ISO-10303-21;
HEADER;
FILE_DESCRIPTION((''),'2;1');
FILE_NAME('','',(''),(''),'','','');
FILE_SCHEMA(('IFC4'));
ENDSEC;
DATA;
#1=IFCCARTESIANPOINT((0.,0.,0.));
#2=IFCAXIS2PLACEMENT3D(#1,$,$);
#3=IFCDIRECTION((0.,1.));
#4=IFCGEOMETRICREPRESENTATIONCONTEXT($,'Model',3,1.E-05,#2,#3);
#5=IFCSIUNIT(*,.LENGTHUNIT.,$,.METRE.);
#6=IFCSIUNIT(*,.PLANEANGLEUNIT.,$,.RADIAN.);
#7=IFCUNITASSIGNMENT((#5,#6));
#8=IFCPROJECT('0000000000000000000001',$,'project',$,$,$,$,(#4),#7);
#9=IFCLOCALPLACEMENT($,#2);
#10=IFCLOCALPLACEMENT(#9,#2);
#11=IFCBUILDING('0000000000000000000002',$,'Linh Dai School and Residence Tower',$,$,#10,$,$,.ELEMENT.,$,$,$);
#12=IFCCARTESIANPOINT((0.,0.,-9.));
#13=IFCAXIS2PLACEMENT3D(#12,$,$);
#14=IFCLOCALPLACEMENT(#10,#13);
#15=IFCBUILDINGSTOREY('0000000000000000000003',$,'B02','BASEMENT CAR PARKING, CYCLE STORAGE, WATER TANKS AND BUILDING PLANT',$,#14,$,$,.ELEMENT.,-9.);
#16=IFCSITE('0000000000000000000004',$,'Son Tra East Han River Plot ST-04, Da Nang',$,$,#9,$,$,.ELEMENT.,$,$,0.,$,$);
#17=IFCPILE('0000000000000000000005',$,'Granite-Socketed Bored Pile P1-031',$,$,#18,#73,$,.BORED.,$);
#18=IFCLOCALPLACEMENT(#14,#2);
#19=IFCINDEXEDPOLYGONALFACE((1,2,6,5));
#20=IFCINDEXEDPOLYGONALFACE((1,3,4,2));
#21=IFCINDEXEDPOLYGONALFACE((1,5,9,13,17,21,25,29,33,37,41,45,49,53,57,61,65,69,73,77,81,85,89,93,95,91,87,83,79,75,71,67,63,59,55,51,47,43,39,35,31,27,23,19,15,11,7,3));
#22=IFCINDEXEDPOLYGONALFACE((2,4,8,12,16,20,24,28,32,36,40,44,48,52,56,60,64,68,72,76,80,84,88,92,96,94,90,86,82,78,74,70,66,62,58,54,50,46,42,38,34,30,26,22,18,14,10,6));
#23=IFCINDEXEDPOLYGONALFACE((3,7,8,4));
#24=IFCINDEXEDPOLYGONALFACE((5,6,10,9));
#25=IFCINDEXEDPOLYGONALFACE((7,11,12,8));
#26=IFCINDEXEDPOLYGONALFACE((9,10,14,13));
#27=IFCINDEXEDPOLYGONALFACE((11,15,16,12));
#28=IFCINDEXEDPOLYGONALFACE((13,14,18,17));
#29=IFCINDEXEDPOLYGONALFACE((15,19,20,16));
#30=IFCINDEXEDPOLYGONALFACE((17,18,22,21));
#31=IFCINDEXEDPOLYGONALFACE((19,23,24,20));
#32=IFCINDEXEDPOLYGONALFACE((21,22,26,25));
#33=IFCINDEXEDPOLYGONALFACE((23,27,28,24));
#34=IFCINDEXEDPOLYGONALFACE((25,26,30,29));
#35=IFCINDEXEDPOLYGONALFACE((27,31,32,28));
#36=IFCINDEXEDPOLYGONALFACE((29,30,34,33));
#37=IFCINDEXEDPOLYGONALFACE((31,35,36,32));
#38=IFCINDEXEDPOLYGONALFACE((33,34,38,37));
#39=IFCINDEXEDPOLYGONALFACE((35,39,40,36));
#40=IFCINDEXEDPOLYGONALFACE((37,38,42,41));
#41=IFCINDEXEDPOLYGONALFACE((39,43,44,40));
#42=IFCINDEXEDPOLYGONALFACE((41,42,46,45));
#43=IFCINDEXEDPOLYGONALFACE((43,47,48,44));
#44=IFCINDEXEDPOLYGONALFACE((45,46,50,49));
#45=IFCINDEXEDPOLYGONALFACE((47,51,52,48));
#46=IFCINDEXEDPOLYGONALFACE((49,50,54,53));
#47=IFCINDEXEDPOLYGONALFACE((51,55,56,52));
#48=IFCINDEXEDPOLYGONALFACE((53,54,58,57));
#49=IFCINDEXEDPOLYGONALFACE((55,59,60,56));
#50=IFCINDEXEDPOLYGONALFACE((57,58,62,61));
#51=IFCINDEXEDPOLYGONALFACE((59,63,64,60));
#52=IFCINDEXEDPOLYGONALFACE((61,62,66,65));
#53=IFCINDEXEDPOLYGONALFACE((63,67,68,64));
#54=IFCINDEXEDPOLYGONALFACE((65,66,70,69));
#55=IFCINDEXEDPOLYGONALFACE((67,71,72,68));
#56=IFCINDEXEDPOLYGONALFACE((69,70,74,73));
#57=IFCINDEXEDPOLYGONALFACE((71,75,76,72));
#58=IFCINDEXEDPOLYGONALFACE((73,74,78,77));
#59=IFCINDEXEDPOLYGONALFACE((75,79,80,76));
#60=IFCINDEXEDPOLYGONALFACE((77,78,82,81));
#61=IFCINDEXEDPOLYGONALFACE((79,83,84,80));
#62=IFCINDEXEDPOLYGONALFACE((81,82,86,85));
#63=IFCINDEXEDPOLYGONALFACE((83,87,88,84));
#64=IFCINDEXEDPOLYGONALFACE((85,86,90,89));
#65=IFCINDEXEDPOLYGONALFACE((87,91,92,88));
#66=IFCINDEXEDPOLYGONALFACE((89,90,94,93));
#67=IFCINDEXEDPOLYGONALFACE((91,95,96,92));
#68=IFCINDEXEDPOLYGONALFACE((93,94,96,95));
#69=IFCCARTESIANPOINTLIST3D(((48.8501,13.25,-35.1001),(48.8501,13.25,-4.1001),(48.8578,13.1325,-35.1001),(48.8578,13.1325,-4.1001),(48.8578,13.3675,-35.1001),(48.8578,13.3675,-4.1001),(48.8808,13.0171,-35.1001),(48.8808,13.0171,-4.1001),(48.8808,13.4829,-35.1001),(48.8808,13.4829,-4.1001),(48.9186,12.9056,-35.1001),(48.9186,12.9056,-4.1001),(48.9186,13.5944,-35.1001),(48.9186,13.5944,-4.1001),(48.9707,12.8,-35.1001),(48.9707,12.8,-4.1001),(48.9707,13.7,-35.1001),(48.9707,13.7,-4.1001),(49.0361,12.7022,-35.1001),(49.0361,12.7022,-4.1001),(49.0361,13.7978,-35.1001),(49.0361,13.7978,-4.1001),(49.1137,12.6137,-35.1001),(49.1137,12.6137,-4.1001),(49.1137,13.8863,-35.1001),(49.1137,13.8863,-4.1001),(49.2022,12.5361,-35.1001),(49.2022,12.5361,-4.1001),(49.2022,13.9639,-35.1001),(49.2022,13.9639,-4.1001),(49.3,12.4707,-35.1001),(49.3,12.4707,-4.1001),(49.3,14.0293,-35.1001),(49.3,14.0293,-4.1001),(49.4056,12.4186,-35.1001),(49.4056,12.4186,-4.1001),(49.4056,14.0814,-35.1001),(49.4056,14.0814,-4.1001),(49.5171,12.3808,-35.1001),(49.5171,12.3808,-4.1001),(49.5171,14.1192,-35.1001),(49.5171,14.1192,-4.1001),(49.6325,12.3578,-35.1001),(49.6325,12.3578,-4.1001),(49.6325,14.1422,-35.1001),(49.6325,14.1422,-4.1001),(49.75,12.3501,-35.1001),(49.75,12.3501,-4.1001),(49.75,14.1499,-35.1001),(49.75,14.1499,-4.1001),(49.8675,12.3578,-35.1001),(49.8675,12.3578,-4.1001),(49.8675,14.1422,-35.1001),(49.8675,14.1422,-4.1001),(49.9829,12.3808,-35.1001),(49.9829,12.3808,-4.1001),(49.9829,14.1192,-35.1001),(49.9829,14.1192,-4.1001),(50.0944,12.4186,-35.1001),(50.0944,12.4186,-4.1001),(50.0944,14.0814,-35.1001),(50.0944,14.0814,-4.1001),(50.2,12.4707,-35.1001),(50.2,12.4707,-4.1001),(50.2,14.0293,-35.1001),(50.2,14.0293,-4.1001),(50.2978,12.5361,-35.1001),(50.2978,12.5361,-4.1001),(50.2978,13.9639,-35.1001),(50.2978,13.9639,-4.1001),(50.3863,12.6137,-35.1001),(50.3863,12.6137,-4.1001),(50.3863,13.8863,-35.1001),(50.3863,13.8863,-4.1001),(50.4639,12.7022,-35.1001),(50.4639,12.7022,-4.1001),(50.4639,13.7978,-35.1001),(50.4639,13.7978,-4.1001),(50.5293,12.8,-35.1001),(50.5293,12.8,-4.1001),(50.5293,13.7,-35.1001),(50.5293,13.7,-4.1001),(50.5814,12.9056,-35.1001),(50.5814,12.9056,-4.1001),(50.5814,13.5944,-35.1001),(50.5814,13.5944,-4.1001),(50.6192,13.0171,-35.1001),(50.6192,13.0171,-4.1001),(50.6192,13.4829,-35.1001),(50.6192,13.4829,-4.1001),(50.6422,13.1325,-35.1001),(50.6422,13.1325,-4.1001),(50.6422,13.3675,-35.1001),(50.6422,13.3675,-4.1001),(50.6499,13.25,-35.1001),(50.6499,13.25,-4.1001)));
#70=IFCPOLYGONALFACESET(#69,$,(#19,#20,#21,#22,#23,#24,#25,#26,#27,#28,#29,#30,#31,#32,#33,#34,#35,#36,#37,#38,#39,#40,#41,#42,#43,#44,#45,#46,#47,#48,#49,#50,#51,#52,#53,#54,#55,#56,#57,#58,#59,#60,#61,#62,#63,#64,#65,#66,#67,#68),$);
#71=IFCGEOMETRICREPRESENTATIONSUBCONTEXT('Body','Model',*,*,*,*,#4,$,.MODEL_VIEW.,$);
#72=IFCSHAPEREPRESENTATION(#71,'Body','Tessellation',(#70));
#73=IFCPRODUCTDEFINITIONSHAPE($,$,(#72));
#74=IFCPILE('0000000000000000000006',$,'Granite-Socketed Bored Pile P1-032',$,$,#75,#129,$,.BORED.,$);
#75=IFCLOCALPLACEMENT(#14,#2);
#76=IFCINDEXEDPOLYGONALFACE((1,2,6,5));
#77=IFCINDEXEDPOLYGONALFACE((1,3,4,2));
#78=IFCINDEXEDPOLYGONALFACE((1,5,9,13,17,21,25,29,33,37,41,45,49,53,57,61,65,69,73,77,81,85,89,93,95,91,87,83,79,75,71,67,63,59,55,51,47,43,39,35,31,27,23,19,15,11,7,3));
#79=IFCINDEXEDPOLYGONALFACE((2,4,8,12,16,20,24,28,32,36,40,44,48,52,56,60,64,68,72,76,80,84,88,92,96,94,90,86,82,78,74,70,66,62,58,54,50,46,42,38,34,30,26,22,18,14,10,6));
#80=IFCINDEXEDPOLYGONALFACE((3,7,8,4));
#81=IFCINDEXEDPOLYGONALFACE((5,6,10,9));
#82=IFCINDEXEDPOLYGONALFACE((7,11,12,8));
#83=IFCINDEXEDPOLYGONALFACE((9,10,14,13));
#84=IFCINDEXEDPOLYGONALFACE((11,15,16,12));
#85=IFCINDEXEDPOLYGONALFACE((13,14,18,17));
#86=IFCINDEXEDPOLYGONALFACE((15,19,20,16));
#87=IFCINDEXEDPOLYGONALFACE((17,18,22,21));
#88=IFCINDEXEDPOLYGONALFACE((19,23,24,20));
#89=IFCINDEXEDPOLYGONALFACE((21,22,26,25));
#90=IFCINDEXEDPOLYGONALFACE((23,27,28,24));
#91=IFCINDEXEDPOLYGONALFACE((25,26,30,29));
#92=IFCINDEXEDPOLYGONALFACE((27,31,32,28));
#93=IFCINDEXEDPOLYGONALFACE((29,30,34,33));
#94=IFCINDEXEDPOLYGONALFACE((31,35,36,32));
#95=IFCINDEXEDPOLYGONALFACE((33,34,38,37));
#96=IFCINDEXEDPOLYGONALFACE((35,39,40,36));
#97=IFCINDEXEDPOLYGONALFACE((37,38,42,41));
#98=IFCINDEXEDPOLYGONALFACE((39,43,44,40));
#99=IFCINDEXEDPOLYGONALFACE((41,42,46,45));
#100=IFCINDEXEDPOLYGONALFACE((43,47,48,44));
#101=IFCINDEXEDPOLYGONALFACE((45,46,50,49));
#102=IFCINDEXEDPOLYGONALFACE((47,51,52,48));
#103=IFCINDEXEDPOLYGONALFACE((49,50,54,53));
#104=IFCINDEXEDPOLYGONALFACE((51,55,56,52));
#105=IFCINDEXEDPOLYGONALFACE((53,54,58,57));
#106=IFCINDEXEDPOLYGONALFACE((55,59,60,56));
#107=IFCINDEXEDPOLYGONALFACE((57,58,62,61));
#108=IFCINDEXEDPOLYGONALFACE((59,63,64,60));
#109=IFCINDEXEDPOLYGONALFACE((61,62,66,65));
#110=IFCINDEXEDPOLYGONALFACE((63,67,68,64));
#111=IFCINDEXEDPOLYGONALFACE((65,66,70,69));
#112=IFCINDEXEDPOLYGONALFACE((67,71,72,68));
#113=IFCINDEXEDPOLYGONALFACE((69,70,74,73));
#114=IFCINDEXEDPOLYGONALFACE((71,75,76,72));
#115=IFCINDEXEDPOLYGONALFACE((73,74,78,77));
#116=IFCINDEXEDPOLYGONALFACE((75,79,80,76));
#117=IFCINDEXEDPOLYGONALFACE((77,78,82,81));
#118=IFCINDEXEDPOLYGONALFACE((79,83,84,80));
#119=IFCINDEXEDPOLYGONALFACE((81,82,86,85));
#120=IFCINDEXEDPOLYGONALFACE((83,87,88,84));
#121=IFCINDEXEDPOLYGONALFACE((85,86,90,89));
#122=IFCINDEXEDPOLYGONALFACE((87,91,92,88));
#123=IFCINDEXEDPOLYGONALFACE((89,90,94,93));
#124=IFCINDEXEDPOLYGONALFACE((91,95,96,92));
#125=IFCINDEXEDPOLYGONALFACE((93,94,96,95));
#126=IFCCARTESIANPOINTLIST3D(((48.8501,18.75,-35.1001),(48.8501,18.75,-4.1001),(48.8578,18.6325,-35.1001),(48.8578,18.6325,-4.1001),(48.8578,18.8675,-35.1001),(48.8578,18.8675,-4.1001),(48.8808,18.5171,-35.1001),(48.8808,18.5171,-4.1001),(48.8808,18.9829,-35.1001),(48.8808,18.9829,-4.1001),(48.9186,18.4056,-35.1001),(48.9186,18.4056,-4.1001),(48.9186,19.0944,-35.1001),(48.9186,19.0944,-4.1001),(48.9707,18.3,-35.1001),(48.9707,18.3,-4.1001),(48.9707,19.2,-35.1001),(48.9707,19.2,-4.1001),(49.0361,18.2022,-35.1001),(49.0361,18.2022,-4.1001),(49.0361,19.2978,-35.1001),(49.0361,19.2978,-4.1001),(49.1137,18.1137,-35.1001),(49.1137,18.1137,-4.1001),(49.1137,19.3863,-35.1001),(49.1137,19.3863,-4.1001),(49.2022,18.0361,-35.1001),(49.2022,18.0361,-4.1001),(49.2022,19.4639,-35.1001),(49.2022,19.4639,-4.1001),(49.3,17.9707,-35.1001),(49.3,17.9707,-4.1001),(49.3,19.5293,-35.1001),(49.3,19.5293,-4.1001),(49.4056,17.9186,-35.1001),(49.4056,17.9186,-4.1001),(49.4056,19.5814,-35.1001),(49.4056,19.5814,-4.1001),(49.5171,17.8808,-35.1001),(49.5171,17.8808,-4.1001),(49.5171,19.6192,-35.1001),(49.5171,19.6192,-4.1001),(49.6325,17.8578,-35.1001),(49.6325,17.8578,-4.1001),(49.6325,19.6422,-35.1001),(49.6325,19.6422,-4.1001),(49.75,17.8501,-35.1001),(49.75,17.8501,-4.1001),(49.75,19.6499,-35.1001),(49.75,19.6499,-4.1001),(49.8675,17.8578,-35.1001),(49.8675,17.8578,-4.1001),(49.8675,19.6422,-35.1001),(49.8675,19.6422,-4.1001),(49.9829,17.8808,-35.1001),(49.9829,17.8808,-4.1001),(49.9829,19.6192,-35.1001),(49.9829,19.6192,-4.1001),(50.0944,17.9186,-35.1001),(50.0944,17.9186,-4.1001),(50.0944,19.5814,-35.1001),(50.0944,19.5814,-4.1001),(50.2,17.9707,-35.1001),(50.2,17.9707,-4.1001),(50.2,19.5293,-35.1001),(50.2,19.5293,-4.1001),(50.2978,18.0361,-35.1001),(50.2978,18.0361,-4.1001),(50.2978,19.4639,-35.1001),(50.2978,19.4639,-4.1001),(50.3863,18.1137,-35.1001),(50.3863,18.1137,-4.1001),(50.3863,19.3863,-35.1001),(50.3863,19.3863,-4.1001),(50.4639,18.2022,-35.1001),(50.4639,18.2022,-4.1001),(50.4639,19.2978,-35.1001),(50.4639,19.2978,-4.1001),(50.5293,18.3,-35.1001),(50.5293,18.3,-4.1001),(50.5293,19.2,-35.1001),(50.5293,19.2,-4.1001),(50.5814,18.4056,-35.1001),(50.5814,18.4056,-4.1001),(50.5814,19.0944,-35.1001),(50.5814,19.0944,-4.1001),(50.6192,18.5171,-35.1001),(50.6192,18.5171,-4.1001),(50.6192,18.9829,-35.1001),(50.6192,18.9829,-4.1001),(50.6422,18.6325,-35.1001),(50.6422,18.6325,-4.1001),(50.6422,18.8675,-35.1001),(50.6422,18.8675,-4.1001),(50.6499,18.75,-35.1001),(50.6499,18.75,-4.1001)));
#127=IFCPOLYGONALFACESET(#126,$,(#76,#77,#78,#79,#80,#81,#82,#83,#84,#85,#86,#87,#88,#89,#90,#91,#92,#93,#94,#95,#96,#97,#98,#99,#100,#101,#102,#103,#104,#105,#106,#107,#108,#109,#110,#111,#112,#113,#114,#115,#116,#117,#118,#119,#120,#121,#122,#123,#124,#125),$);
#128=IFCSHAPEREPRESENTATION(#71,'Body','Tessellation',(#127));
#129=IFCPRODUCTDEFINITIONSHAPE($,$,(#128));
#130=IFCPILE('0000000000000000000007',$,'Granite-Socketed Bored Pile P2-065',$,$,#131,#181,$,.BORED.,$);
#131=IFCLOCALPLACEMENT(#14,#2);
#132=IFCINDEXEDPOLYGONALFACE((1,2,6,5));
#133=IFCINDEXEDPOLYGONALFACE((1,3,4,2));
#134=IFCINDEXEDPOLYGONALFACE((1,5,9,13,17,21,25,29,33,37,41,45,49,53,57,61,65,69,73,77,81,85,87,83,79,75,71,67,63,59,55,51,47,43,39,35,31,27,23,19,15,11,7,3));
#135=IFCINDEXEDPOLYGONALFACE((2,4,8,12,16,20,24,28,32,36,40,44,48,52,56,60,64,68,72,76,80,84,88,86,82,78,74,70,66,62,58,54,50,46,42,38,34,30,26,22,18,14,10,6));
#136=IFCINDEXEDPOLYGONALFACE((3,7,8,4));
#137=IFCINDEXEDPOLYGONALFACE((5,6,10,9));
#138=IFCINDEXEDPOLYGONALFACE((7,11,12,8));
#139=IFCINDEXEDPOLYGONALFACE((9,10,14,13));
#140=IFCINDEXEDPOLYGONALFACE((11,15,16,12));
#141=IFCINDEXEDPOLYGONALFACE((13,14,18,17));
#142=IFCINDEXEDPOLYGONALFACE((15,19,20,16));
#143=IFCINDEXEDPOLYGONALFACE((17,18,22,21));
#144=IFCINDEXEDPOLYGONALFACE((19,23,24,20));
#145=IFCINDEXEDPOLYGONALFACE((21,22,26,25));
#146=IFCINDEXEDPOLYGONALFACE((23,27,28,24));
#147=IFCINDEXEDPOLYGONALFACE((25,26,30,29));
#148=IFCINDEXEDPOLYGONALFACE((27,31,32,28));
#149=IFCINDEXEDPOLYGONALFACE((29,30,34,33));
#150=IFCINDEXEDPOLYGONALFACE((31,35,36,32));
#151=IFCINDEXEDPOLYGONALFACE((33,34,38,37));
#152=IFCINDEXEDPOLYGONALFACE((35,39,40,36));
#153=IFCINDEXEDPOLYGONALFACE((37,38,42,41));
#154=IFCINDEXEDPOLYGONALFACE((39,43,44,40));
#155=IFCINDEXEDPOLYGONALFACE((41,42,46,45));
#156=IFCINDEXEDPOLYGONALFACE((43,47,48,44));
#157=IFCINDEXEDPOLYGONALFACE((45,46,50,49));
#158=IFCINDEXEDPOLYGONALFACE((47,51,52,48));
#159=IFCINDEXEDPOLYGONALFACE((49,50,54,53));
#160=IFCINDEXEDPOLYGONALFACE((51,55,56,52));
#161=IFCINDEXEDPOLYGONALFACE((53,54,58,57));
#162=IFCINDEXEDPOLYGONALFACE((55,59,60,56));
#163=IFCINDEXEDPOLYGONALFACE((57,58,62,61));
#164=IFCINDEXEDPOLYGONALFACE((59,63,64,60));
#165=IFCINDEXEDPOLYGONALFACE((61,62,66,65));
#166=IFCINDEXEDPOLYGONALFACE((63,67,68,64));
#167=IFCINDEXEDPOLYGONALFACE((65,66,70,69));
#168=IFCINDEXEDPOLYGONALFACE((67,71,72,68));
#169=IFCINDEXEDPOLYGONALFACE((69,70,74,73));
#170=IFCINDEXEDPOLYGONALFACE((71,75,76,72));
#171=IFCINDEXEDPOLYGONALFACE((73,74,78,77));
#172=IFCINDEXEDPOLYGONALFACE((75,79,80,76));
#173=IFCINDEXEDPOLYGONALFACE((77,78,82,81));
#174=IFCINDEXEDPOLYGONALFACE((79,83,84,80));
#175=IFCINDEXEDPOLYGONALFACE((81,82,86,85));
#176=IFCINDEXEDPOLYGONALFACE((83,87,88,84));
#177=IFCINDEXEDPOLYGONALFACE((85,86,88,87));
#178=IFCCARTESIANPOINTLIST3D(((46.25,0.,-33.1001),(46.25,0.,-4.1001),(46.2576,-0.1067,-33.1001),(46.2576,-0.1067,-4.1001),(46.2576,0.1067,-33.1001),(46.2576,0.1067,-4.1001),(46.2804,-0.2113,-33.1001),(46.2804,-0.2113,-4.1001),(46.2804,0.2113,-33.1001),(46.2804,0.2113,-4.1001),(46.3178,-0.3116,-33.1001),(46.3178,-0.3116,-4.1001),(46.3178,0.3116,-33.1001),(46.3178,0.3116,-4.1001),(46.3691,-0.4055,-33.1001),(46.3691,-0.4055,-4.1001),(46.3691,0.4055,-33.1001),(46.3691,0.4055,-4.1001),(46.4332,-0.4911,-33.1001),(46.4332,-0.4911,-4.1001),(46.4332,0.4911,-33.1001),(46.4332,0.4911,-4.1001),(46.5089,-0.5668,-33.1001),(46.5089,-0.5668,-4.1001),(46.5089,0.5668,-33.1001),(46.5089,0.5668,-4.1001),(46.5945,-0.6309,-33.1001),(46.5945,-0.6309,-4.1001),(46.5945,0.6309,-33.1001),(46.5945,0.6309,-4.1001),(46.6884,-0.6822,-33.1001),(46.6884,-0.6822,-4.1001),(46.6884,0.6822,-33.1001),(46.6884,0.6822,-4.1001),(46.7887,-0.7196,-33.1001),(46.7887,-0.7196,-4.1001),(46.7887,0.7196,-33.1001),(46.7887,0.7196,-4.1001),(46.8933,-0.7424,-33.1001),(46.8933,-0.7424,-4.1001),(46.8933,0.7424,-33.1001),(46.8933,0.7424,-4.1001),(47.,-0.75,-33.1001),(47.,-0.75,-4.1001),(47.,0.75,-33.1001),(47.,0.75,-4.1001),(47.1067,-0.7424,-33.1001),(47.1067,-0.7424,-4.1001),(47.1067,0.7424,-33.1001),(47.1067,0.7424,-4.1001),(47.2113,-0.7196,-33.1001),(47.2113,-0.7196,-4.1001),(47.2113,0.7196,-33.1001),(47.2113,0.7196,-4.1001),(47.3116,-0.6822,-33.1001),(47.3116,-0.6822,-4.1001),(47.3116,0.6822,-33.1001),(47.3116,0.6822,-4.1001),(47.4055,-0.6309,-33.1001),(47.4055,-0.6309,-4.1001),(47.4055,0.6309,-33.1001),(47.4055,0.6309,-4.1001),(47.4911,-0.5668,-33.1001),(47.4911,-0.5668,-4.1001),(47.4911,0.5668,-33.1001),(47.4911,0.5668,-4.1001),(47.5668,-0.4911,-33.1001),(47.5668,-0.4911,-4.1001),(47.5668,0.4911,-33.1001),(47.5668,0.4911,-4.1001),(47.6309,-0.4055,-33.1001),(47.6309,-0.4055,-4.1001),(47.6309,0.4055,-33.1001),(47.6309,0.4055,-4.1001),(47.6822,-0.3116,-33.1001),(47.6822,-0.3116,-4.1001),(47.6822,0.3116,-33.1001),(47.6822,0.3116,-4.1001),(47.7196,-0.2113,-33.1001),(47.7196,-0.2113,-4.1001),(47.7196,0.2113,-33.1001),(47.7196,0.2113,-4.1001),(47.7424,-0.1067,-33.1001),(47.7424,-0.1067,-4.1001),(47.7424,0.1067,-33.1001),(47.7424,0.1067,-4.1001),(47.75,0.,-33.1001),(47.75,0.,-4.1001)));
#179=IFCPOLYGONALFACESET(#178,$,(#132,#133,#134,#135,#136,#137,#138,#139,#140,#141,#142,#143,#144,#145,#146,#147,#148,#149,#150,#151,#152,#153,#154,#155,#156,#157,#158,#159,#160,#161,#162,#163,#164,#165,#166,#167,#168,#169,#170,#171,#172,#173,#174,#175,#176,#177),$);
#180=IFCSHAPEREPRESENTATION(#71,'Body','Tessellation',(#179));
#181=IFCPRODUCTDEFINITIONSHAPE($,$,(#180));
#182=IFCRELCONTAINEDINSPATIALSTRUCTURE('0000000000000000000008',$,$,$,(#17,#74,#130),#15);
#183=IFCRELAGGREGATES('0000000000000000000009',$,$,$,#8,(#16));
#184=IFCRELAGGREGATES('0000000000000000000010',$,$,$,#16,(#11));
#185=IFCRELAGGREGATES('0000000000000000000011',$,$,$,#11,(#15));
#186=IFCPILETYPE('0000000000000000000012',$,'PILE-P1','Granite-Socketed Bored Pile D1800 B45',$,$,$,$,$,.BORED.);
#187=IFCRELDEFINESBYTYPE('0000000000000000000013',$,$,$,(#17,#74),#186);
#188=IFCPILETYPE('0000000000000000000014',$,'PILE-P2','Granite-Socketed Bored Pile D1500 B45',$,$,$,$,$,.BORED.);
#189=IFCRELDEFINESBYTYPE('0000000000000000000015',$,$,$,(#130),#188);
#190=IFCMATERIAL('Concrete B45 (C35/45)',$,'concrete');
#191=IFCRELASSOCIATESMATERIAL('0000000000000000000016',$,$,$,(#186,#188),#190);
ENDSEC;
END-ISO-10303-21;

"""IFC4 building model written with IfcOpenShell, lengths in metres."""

from ifc_helpers import new_model, si_unit, direction, frame, origin, origin_2d, place, context, subcontext, project, spatial, circle, extrude, material, material_profile, profile_set, type_object, element, save


model = new_model("IFC4")

# Units and contexts
model_context = context("Model", 3, precision=1e-05, world=origin(), true_north=direction((0.0, 1.0)))
body_context = subcontext(model_context, "Body", "Model", "MODEL_VIEW")
ifc_project = project(units=[si_unit("LENGTHUNIT", "METRE"), si_unit("PLANEANGLEUNIT", "RADIAN")], contexts=[model_context])

# Site, building, storey
site_placement = place(None, origin())
site = spatial("IfcSite", under=ifc_project, at=site_placement, Name="Son Tra East Han River Plot ST-04, Da Nang", CompositionType="ELEMENT", RefElevation=0.0)
building_placement = place(site_placement, origin())
building = spatial("IfcBuilding", under=site, at=building_placement, Name="Linh Dai School and Residence Tower", CompositionType="ELEMENT")
storey_placement = place(building_placement, frame((0.0, 0.0, -9.0)))
storey = spatial("IfcBuildingStorey", under=building, at=storey_placement, Name="B02", Description="BASEMENT CAR PARKING, CYCLE STORAGE, WATER TANKS AND BUILDING PLANT", CompositionType="ELEMENT", Elevation=-9.0)

# Piles
ifc_material_1 = material(Name="Concrete B45 (C35/45)", Category="concrete")
ifc_material_profile_1 = material_profile(ifc_material_1, circle(Radius=0.8999, at=origin_2d()), Name="PILE D1800")
ifc_profile_set_1 = profile_set([ifc_material_profile_1], Name="Concrete B45 (C35/45)")
pile_type_1 = type_object("IfcPileType", Name="PILE-P1", Description="Granite-Socketed Bored Pile D1800 B45", PredefinedType="BORED", material=ifc_profile_set_1)
for number, where, z_axis, x_axis, name in (
    (1, (49.75, 13.25, -4.1001), (0.0, 0.0, -1.0), (1.0, 0.0, 0.0), "Granite-Socketed Bored Pile P1-031"),
    (2, (49.75, 18.75, -4.1001), (0.0, 0.0, -1.0), (1.0, 0.0, 0.0), "Granite-Socketed Bored Pile P1-032"),
):
    element("IfcPile", number, at=place(storey_placement, frame(where, z_axis=z_axis, x_axis=x_axis)), inside=storey, type_object=pile_type_1, Name=name, PredefinedType="BORED", context=body_context, shape_type="SweptSolid", body=[
        extrude(circle(Radius=0.8999, at=origin_2d()), origin(), (0.0, 0.0, 1.0), 31.0),
    ])
ifc_material_profile_2 = material_profile(ifc_material_1, circle(Radius=0.75, at=origin_2d()), Name="PILE D1500")
ifc_profile_set_2 = profile_set([ifc_material_profile_2], Name="Concrete B45 (C35/45)")
pile_type_2 = type_object("IfcPileType", Name="PILE-P2", Description="Granite-Socketed Bored Pile D1500 B45", PredefinedType="BORED", material=ifc_profile_set_2)
for number, where, z_axis, x_axis, name in (
    (3, (47.0, 0.0, -4.1001), (0.0, 0.0, -1.0), (1.0, 0.0, 0.0), "Granite-Socketed Bored Pile P2-065"),
):
    element("IfcPile", number, at=place(storey_placement, frame(where, z_axis=z_axis, x_axis=x_axis)), inside=storey, type_object=pile_type_2, Name=name, PredefinedType="BORED", context=body_context, shape_type="SweptSolid", body=[
        extrude(circle(Radius=0.75, at=origin_2d()), origin(), (0.0, 0.0, 1.0), 29.0),
    ])

save(model, "model.ifc")
